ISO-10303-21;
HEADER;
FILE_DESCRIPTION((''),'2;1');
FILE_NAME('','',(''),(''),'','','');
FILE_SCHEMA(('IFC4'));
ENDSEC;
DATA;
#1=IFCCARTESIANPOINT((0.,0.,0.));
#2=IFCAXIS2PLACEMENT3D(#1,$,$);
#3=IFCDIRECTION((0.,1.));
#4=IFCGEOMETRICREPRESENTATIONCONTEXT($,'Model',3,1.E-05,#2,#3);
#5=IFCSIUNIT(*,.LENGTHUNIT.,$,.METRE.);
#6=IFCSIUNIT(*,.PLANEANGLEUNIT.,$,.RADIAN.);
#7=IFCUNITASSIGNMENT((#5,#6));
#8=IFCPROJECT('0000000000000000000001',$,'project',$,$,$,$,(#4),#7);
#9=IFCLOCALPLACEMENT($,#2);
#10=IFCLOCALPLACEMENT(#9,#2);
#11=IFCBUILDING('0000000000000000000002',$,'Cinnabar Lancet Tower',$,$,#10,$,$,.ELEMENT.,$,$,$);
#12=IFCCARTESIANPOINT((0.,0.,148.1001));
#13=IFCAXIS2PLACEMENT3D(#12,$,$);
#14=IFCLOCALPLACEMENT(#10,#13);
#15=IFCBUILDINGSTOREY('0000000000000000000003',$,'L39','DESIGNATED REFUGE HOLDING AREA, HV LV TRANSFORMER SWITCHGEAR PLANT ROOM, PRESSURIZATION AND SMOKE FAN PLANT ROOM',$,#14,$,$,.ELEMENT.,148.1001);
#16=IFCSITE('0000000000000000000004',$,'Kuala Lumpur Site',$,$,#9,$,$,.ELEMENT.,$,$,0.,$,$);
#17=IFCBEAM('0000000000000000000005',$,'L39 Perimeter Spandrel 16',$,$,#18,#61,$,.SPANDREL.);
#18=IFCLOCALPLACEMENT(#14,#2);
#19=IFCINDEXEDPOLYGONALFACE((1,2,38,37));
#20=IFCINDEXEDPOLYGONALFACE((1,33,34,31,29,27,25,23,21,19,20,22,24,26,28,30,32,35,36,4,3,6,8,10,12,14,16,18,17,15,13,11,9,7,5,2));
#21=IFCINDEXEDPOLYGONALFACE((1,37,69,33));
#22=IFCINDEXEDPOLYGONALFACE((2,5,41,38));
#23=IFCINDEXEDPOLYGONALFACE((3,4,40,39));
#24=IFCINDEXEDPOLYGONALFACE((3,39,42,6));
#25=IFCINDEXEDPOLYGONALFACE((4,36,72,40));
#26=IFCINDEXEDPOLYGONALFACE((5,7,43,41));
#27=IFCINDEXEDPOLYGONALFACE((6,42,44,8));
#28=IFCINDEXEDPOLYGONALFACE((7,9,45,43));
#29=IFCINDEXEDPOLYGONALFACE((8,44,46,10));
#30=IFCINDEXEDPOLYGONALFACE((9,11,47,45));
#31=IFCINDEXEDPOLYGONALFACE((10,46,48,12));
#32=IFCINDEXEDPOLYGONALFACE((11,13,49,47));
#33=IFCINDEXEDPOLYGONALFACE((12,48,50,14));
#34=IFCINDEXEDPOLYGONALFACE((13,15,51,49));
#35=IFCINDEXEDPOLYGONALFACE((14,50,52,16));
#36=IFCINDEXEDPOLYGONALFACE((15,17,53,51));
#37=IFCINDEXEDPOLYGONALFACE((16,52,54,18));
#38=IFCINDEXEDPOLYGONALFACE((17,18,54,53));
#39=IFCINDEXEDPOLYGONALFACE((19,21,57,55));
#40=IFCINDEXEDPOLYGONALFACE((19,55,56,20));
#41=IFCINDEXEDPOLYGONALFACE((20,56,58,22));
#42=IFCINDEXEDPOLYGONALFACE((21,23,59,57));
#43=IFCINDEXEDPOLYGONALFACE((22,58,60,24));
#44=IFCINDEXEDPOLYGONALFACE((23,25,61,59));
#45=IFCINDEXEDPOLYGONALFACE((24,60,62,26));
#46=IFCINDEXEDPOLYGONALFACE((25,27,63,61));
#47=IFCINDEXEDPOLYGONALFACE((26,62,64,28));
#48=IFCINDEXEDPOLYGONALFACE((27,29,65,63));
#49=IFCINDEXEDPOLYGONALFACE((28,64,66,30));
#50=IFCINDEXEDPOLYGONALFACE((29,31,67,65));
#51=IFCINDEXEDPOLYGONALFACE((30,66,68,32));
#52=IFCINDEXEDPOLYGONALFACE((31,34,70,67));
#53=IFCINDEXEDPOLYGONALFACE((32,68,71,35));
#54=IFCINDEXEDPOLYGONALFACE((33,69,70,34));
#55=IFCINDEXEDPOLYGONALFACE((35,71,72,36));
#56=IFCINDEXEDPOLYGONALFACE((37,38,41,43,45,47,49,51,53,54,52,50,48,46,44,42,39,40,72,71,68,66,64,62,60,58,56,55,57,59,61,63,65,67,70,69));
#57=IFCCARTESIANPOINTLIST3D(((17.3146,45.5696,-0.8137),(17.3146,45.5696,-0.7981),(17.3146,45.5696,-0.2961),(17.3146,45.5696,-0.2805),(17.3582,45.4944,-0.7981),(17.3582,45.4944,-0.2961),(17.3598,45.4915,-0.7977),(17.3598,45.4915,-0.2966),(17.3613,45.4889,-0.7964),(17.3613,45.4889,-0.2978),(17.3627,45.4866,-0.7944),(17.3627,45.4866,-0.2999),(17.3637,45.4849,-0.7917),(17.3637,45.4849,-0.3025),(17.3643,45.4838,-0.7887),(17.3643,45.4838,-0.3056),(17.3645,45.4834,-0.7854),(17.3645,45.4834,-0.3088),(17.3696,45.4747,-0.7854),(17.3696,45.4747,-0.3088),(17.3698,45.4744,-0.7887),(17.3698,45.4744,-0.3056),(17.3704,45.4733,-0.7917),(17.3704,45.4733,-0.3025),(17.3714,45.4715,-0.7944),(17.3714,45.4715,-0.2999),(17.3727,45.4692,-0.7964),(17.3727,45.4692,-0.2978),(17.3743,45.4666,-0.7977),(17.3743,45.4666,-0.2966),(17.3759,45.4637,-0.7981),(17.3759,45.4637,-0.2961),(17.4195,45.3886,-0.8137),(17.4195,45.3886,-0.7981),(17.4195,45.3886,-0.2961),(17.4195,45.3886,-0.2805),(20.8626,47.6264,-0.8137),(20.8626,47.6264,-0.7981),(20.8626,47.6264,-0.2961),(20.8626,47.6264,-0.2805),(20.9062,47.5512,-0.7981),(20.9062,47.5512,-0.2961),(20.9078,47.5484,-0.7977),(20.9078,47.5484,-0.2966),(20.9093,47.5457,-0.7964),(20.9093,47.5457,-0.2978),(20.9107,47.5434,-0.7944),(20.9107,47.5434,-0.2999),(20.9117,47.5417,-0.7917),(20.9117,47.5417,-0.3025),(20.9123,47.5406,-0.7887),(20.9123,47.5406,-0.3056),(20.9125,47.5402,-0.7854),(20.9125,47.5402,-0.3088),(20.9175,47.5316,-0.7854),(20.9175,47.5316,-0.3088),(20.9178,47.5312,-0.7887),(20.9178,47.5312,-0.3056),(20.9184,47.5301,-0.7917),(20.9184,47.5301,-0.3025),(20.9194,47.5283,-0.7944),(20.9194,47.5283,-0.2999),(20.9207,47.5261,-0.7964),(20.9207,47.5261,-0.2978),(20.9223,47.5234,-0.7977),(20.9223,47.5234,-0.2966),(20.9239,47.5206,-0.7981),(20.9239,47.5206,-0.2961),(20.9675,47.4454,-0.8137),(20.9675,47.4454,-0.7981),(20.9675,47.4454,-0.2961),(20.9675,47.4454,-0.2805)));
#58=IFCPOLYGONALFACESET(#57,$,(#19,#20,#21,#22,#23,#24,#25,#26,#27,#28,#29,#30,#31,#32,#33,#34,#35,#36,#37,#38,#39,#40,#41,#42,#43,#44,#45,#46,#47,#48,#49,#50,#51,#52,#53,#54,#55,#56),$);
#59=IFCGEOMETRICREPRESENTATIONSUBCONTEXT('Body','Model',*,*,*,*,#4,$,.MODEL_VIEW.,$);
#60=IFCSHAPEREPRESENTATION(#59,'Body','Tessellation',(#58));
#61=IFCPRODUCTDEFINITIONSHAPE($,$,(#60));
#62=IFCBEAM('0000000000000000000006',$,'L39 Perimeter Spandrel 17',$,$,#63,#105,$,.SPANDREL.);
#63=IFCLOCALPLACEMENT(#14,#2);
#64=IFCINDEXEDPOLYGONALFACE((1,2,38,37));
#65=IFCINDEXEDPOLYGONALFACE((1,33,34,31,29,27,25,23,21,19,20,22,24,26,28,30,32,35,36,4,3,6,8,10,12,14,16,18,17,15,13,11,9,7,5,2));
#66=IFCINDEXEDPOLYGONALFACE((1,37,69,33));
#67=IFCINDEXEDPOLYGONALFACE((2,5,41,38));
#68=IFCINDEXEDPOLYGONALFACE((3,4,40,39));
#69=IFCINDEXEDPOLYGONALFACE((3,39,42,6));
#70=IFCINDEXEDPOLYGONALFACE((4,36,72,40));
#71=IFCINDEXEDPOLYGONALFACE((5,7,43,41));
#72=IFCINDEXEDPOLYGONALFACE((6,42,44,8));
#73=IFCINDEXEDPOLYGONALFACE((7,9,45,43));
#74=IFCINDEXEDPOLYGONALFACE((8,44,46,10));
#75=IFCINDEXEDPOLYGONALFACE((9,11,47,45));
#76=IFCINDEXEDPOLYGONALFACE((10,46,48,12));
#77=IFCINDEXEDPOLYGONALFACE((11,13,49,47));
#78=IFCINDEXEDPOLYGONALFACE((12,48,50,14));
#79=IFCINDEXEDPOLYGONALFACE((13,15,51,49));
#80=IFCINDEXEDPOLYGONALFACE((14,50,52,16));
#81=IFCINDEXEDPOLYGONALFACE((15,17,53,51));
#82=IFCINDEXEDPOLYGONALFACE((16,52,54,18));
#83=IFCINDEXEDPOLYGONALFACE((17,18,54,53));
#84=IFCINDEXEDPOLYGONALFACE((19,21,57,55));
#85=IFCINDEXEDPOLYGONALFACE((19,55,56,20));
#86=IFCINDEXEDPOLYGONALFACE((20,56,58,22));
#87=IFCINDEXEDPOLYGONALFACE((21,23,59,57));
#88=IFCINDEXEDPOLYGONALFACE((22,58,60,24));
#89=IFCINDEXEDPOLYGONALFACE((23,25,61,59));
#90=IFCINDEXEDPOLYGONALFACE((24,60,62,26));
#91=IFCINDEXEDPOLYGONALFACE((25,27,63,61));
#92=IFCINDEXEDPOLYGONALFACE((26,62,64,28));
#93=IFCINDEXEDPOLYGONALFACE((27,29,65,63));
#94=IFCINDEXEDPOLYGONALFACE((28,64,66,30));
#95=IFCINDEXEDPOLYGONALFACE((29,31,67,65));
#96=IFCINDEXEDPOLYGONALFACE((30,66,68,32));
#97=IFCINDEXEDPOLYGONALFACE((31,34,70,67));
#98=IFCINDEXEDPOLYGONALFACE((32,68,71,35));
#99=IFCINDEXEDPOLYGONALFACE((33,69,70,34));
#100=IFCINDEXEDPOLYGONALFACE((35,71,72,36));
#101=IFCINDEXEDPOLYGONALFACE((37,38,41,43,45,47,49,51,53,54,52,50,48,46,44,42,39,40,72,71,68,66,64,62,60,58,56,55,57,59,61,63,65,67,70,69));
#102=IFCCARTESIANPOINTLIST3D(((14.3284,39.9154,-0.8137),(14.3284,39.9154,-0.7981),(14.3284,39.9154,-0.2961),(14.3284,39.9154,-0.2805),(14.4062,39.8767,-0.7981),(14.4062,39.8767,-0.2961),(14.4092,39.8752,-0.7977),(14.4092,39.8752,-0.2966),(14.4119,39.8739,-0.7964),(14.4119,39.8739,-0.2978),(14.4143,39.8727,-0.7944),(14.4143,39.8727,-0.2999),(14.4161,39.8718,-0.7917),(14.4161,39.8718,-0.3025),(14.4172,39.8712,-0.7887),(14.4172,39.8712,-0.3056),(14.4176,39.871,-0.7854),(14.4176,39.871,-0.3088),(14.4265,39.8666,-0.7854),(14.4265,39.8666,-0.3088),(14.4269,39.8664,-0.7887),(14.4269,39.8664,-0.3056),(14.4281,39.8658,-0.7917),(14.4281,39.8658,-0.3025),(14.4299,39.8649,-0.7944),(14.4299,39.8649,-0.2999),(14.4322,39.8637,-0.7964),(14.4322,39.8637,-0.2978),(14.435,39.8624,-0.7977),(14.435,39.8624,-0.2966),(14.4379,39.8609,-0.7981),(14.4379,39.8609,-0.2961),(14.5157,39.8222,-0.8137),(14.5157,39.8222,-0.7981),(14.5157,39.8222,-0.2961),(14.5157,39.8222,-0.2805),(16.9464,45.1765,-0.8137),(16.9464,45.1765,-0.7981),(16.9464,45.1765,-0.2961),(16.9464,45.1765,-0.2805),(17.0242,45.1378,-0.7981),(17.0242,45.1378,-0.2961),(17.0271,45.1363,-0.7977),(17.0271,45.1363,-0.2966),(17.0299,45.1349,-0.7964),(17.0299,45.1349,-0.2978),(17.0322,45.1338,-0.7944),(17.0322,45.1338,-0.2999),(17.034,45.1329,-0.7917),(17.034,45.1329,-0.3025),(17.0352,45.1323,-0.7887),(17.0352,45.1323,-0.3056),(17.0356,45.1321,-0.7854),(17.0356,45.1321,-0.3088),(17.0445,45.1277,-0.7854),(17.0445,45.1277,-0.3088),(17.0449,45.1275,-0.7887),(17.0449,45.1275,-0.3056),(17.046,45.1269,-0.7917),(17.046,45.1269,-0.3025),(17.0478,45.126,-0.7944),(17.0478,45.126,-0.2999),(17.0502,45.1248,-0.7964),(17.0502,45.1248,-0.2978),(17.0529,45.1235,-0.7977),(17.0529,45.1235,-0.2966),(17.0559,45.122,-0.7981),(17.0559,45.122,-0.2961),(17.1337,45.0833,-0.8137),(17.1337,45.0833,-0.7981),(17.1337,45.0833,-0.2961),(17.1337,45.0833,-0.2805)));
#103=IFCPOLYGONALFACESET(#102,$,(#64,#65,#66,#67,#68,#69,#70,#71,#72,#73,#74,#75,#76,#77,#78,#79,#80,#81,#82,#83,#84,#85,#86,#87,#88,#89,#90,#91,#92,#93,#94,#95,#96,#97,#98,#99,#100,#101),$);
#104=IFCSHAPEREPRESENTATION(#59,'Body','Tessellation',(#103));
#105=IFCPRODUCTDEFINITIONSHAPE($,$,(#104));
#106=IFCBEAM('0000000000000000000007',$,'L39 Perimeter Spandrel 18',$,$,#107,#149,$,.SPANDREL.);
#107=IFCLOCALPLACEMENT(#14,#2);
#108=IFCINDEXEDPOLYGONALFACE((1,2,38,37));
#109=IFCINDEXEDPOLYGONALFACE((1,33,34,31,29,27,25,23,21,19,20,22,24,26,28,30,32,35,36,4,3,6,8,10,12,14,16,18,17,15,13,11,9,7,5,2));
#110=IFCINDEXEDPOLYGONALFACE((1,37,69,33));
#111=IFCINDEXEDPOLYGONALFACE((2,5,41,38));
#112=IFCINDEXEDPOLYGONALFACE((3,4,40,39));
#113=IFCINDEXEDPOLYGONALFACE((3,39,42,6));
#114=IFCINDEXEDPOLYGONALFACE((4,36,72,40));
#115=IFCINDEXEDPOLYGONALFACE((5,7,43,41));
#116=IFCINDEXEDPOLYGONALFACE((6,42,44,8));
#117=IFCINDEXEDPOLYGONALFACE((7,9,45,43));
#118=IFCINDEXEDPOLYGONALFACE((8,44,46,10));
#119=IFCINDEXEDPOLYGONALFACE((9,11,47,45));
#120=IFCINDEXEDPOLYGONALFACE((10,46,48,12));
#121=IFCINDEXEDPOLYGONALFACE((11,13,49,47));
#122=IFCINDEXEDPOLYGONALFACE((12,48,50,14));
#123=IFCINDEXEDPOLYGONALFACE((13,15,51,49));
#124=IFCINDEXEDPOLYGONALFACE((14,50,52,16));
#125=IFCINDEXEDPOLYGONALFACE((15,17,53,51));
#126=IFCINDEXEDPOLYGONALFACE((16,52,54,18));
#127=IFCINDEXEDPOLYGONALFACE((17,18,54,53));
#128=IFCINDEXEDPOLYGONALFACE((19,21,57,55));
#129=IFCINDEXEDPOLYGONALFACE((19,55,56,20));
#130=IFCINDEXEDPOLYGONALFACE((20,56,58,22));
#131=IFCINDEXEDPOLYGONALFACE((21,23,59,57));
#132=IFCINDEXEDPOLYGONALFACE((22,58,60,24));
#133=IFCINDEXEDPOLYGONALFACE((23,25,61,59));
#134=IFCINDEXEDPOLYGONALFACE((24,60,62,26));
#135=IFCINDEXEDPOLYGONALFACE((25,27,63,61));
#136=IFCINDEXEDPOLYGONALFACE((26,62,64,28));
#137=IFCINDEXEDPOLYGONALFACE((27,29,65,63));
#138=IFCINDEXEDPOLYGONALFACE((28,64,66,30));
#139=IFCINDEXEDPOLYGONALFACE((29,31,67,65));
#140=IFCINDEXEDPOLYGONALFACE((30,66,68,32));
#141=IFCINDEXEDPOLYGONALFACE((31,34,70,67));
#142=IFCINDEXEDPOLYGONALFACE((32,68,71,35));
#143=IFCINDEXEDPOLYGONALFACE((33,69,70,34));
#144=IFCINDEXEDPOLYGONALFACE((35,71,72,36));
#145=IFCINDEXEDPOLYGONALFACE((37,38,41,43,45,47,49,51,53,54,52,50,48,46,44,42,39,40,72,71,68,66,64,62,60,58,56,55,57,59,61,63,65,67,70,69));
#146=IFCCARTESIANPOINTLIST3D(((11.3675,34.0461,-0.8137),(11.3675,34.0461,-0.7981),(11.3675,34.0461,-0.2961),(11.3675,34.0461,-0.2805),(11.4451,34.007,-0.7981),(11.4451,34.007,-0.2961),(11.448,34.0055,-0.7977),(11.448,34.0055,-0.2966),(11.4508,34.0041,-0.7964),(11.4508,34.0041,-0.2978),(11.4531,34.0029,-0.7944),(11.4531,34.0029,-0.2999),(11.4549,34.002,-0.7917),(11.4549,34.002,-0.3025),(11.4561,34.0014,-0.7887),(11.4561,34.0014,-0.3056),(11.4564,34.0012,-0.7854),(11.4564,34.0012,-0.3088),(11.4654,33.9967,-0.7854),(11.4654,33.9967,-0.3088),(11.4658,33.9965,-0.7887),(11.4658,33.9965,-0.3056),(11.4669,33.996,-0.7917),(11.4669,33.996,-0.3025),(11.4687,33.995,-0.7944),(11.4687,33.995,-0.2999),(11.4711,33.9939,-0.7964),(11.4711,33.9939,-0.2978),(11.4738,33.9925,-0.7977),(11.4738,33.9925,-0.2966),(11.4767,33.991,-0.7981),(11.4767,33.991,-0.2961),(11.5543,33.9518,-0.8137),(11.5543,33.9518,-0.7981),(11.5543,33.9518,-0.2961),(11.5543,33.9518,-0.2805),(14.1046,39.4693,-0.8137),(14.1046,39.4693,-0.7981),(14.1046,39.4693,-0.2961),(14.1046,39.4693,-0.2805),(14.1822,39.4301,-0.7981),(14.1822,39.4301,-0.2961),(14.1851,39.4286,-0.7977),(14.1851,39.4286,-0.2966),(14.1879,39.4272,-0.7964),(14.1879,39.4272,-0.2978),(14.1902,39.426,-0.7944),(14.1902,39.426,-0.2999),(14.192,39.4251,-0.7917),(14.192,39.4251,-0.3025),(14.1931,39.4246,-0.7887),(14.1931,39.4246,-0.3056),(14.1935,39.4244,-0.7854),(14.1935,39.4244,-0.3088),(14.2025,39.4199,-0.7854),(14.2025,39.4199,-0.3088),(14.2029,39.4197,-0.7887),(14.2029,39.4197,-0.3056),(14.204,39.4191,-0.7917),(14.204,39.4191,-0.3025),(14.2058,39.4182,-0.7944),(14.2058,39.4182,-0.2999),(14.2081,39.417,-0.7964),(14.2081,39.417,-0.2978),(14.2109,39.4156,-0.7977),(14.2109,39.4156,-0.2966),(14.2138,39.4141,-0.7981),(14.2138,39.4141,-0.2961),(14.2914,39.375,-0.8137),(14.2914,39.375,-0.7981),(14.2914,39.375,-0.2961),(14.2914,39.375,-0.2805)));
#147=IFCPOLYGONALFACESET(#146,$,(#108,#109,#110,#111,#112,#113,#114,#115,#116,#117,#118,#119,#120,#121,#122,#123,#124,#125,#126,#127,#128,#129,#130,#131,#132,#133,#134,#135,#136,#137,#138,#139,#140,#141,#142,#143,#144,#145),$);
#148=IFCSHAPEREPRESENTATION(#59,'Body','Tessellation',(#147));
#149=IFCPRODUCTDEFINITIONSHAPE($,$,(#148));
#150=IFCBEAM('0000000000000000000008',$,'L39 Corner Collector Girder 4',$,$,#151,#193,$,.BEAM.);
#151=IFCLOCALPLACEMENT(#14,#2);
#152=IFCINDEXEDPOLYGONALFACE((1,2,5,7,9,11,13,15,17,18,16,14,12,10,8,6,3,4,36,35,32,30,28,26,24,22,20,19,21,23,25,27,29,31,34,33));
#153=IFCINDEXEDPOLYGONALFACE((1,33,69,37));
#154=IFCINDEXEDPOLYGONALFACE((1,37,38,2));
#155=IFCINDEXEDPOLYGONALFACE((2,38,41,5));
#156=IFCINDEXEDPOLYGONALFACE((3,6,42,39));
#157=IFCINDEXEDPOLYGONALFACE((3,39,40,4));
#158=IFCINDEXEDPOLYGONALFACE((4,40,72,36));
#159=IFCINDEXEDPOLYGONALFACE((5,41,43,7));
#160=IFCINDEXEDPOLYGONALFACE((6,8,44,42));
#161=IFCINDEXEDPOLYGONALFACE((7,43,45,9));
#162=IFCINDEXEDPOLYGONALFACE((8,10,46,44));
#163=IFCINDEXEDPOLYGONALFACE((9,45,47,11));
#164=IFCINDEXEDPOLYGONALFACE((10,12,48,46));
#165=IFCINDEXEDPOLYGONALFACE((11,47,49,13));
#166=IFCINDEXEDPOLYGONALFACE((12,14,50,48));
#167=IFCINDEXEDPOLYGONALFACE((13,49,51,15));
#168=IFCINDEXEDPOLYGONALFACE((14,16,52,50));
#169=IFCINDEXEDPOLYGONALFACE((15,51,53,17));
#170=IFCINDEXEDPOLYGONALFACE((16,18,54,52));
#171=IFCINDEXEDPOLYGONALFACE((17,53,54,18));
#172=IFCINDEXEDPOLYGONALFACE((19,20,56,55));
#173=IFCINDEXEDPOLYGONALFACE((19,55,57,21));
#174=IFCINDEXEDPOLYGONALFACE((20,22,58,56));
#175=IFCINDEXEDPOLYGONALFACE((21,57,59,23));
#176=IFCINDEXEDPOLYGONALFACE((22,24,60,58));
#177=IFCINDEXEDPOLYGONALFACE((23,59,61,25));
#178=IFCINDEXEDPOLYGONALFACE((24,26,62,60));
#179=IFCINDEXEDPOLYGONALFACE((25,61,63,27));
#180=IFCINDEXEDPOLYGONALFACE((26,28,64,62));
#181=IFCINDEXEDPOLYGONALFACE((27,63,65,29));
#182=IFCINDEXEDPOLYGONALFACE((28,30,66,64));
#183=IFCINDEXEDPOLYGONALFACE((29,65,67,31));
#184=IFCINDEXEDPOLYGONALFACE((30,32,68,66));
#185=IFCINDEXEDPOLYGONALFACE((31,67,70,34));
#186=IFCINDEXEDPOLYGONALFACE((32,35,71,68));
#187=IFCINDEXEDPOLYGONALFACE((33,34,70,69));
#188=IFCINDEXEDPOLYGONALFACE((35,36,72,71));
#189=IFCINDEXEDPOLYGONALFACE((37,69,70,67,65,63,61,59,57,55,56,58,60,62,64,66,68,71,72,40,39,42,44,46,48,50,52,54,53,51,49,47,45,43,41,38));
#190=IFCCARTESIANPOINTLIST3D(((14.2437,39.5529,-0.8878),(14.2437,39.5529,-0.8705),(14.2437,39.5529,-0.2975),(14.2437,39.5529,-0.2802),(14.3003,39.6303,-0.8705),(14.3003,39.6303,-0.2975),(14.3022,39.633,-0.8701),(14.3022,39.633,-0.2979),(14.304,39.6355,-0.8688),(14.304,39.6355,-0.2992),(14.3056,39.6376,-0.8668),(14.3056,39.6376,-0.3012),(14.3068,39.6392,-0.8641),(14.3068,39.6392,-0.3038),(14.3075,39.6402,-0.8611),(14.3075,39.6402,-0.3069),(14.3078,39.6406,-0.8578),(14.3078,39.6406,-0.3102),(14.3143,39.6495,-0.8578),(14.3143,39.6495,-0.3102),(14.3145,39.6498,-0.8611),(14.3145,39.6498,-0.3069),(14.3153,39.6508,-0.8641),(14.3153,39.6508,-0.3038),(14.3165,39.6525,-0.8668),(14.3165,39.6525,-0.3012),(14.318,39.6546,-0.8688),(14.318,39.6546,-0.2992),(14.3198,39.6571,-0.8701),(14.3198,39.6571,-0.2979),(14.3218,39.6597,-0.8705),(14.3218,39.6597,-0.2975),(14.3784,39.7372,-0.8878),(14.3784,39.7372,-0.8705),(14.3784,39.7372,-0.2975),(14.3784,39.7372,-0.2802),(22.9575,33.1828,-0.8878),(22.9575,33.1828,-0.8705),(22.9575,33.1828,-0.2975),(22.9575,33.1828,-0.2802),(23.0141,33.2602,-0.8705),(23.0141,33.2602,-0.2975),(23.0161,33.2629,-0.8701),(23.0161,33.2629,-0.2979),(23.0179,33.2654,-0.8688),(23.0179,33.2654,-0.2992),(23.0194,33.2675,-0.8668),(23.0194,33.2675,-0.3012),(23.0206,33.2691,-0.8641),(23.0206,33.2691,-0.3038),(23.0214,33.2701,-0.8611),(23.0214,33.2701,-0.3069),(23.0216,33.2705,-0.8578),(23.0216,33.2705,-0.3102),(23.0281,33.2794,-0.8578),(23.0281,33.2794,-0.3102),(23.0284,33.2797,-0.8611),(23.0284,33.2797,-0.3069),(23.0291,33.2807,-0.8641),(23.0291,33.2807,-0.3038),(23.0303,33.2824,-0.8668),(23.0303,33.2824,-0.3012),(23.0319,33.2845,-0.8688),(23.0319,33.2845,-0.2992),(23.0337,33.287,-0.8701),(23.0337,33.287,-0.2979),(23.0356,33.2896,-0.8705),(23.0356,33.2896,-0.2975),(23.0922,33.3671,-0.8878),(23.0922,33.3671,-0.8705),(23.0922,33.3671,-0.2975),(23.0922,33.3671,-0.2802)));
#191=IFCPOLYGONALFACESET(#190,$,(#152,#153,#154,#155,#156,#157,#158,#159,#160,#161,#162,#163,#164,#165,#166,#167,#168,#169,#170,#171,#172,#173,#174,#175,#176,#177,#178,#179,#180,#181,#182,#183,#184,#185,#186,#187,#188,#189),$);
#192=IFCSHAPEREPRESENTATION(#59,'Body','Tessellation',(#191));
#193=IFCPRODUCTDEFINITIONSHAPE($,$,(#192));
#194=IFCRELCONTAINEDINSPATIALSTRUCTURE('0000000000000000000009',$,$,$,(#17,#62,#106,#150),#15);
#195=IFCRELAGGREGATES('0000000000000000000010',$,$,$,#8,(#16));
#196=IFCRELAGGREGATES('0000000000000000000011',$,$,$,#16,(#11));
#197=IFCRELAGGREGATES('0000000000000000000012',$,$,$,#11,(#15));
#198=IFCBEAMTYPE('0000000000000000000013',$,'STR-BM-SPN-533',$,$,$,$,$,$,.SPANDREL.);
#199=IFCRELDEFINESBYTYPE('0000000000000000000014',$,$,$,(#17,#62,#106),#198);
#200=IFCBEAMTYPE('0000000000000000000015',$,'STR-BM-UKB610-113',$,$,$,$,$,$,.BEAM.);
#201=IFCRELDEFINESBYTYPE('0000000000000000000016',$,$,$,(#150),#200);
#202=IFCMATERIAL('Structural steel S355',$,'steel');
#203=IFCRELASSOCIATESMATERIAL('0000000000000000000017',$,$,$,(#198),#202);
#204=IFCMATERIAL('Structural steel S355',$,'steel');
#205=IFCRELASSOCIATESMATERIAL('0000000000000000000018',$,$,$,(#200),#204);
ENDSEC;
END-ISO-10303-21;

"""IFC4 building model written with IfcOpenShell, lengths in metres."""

from ifc_helpers import new_model, si_unit, direction, frame, origin, origin_2d, place, context, subcontext, project, spatial, i_section, extrude, material, material_profile, profile_set, type_object, element, save


model = new_model("IFC4")

# Units and contexts
model_context = context("Model", 3, precision=1e-05, world=origin(), true_north=direction((0.0, 1.0)))
body_context = subcontext(model_context, "Body", "Model", "MODEL_VIEW")
ifc_project = project(units=[si_unit("LENGTHUNIT", "METRE"), si_unit("PLANEANGLEUNIT", "RADIAN")], contexts=[model_context])

# Site, building, storey
site_placement = place(None, origin())
site = spatial("IfcSite", under=ifc_project, at=site_placement, Name="Kuala Lumpur Site", CompositionType="ELEMENT", RefElevation=0.0)
building_placement = place(site_placement, origin())
building = spatial("IfcBuilding", under=site, at=building_placement, Name="Cinnabar Lancet Tower", CompositionType="ELEMENT")
storey_placement = place(building_placement, frame((0.0, 0.0, 148.1001)))
storey = spatial("IfcBuildingStorey", under=building, at=storey_placement, Name="L39", Description="DESIGNATED REFUGE HOLDING AREA, HV LV TRANSFORMER SWITCHGEAR PLANT ROOM, PRESSURIZATION AND SMOKE FAN PLANT ROOM", CompositionType="ELEMENT", Elevation=148.1001)

# Beams
ifc_material_1 = material(Name="Structural steel S355", Category="steel")
ifc_material_profile_1 = material_profile(ifc_material_1, i_section(OverallWidth=0.2092, OverallDepth=0.5332, WebThickness=0.01, FlangeThickness=0.0156, FilletRadius=0.0127, at=origin_2d()), Name="UKB 533x210x92")
ifc_profile_set_1 = profile_set([ifc_material_profile_1], Name="Structural steel S355")
beam_type_1 = type_object("IfcBeamType", Name="STR-BM-SPN-533", PredefinedType="SPANDREL", material=ifc_profile_set_1)
beam_1_placement = place(storey_placement, frame((20.915, 47.5359, -0.5471), z_axis=(-0.865138, -0.501534, 0.0), x_axis=(0.501534, -0.865138, 0.0)))
element("IfcBeam", 1, at=beam_1_placement, inside=storey, type_object=beam_type_1, Name="L39 Perimeter Spandrel 16", PredefinedType="SPANDREL", context=body_context, shape_type="SweptSolid", body=[
    extrude(i_section(OverallWidth=0.2092, OverallDepth=0.5332, WebThickness=0.01, FlangeThickness=0.0156, FilletRadius=0.0127, at=origin_2d()), origin(), (0.0, 0.0, 1.0), 4.1011),
])
beam_2_placement = place(storey_placement, frame((17.04, 45.1299, -0.5471), z_axis=(-0.445501, -0.895281, 0.0), x_axis=(0.895281, -0.445501, 0.0)))
element("IfcBeam", 2, at=beam_2_placement, inside=storey, type_object=beam_type_1, Name="L39 Perimeter Spandrel 17", PredefinedType="SPANDREL", context=body_context, shape_type="SweptSolid", body=[
    extrude(i_section(OverallWidth=0.2092, OverallDepth=0.5332, WebThickness=0.01, FlangeThickness=0.0156, FilletRadius=0.0127, at=origin_2d()), origin(), (0.0, 0.0, 1.0), 5.8765),
])
beam_3_placement = place(storey_placement, frame((14.198, 39.4221, -0.5471), z_axis=(-0.45057, -0.892741, 0.0), x_axis=(0.892741, -0.45057, 0.0)))
element("IfcBeam", 3, at=beam_3_placement, inside=storey, type_object=beam_type_1, Name="L39 Perimeter Spandrel 18", PredefinedType="SPANDREL", context=body_context, shape_type="SweptSolid", body=[
    extrude(i_section(OverallWidth=0.2092, OverallDepth=0.5332, WebThickness=0.01, FlangeThickness=0.0156, FilletRadius=0.0127, at=origin_2d()), origin(), (0.0, 0.0, 1.0), 6.0747),
])
ifc_material_2 = material(Name="Structural steel S355", Category="steel")
ifc_material_profile_2 = material_profile(ifc_material_2, i_section(OverallWidth=0.2283, OverallDepth=0.6077, WebThickness=0.011, FlangeThickness=0.0173, FilletRadius=0.0127, at=origin_2d()), Name="UKB 610x229x113")
ifc_profile_set_2 = profile_set([ifc_material_profile_2], Name="Structural steel S355")
beam_type_2 = type_object("IfcBeamType", Name="STR-BM-UKB610-113", PredefinedType="BEAM", material=ifc_profile_set_2)
beam_4_placement = place(storey_placement, frame((14.311, 39.645, -0.584), z_axis=(0.80729, -0.590155, 0.0), x_axis=(0.590155, 0.80729, 0.0)))
element("IfcBeam", 4, at=beam_4_placement, inside=storey, type_object=beam_type_2, Name="L39 Corner Collector Girder 4", PredefinedType="BEAM", context=body_context, shape_type="SweptSolid", body=[
    extrude(i_section(OverallWidth=0.2283, OverallDepth=0.6077, WebThickness=0.011, FlangeThickness=0.0173, FilletRadius=0.0127, at=origin_2d()), origin(), (0.0, 0.0, 1.0), 10.7939),
])

save(model, "model.ifc")
